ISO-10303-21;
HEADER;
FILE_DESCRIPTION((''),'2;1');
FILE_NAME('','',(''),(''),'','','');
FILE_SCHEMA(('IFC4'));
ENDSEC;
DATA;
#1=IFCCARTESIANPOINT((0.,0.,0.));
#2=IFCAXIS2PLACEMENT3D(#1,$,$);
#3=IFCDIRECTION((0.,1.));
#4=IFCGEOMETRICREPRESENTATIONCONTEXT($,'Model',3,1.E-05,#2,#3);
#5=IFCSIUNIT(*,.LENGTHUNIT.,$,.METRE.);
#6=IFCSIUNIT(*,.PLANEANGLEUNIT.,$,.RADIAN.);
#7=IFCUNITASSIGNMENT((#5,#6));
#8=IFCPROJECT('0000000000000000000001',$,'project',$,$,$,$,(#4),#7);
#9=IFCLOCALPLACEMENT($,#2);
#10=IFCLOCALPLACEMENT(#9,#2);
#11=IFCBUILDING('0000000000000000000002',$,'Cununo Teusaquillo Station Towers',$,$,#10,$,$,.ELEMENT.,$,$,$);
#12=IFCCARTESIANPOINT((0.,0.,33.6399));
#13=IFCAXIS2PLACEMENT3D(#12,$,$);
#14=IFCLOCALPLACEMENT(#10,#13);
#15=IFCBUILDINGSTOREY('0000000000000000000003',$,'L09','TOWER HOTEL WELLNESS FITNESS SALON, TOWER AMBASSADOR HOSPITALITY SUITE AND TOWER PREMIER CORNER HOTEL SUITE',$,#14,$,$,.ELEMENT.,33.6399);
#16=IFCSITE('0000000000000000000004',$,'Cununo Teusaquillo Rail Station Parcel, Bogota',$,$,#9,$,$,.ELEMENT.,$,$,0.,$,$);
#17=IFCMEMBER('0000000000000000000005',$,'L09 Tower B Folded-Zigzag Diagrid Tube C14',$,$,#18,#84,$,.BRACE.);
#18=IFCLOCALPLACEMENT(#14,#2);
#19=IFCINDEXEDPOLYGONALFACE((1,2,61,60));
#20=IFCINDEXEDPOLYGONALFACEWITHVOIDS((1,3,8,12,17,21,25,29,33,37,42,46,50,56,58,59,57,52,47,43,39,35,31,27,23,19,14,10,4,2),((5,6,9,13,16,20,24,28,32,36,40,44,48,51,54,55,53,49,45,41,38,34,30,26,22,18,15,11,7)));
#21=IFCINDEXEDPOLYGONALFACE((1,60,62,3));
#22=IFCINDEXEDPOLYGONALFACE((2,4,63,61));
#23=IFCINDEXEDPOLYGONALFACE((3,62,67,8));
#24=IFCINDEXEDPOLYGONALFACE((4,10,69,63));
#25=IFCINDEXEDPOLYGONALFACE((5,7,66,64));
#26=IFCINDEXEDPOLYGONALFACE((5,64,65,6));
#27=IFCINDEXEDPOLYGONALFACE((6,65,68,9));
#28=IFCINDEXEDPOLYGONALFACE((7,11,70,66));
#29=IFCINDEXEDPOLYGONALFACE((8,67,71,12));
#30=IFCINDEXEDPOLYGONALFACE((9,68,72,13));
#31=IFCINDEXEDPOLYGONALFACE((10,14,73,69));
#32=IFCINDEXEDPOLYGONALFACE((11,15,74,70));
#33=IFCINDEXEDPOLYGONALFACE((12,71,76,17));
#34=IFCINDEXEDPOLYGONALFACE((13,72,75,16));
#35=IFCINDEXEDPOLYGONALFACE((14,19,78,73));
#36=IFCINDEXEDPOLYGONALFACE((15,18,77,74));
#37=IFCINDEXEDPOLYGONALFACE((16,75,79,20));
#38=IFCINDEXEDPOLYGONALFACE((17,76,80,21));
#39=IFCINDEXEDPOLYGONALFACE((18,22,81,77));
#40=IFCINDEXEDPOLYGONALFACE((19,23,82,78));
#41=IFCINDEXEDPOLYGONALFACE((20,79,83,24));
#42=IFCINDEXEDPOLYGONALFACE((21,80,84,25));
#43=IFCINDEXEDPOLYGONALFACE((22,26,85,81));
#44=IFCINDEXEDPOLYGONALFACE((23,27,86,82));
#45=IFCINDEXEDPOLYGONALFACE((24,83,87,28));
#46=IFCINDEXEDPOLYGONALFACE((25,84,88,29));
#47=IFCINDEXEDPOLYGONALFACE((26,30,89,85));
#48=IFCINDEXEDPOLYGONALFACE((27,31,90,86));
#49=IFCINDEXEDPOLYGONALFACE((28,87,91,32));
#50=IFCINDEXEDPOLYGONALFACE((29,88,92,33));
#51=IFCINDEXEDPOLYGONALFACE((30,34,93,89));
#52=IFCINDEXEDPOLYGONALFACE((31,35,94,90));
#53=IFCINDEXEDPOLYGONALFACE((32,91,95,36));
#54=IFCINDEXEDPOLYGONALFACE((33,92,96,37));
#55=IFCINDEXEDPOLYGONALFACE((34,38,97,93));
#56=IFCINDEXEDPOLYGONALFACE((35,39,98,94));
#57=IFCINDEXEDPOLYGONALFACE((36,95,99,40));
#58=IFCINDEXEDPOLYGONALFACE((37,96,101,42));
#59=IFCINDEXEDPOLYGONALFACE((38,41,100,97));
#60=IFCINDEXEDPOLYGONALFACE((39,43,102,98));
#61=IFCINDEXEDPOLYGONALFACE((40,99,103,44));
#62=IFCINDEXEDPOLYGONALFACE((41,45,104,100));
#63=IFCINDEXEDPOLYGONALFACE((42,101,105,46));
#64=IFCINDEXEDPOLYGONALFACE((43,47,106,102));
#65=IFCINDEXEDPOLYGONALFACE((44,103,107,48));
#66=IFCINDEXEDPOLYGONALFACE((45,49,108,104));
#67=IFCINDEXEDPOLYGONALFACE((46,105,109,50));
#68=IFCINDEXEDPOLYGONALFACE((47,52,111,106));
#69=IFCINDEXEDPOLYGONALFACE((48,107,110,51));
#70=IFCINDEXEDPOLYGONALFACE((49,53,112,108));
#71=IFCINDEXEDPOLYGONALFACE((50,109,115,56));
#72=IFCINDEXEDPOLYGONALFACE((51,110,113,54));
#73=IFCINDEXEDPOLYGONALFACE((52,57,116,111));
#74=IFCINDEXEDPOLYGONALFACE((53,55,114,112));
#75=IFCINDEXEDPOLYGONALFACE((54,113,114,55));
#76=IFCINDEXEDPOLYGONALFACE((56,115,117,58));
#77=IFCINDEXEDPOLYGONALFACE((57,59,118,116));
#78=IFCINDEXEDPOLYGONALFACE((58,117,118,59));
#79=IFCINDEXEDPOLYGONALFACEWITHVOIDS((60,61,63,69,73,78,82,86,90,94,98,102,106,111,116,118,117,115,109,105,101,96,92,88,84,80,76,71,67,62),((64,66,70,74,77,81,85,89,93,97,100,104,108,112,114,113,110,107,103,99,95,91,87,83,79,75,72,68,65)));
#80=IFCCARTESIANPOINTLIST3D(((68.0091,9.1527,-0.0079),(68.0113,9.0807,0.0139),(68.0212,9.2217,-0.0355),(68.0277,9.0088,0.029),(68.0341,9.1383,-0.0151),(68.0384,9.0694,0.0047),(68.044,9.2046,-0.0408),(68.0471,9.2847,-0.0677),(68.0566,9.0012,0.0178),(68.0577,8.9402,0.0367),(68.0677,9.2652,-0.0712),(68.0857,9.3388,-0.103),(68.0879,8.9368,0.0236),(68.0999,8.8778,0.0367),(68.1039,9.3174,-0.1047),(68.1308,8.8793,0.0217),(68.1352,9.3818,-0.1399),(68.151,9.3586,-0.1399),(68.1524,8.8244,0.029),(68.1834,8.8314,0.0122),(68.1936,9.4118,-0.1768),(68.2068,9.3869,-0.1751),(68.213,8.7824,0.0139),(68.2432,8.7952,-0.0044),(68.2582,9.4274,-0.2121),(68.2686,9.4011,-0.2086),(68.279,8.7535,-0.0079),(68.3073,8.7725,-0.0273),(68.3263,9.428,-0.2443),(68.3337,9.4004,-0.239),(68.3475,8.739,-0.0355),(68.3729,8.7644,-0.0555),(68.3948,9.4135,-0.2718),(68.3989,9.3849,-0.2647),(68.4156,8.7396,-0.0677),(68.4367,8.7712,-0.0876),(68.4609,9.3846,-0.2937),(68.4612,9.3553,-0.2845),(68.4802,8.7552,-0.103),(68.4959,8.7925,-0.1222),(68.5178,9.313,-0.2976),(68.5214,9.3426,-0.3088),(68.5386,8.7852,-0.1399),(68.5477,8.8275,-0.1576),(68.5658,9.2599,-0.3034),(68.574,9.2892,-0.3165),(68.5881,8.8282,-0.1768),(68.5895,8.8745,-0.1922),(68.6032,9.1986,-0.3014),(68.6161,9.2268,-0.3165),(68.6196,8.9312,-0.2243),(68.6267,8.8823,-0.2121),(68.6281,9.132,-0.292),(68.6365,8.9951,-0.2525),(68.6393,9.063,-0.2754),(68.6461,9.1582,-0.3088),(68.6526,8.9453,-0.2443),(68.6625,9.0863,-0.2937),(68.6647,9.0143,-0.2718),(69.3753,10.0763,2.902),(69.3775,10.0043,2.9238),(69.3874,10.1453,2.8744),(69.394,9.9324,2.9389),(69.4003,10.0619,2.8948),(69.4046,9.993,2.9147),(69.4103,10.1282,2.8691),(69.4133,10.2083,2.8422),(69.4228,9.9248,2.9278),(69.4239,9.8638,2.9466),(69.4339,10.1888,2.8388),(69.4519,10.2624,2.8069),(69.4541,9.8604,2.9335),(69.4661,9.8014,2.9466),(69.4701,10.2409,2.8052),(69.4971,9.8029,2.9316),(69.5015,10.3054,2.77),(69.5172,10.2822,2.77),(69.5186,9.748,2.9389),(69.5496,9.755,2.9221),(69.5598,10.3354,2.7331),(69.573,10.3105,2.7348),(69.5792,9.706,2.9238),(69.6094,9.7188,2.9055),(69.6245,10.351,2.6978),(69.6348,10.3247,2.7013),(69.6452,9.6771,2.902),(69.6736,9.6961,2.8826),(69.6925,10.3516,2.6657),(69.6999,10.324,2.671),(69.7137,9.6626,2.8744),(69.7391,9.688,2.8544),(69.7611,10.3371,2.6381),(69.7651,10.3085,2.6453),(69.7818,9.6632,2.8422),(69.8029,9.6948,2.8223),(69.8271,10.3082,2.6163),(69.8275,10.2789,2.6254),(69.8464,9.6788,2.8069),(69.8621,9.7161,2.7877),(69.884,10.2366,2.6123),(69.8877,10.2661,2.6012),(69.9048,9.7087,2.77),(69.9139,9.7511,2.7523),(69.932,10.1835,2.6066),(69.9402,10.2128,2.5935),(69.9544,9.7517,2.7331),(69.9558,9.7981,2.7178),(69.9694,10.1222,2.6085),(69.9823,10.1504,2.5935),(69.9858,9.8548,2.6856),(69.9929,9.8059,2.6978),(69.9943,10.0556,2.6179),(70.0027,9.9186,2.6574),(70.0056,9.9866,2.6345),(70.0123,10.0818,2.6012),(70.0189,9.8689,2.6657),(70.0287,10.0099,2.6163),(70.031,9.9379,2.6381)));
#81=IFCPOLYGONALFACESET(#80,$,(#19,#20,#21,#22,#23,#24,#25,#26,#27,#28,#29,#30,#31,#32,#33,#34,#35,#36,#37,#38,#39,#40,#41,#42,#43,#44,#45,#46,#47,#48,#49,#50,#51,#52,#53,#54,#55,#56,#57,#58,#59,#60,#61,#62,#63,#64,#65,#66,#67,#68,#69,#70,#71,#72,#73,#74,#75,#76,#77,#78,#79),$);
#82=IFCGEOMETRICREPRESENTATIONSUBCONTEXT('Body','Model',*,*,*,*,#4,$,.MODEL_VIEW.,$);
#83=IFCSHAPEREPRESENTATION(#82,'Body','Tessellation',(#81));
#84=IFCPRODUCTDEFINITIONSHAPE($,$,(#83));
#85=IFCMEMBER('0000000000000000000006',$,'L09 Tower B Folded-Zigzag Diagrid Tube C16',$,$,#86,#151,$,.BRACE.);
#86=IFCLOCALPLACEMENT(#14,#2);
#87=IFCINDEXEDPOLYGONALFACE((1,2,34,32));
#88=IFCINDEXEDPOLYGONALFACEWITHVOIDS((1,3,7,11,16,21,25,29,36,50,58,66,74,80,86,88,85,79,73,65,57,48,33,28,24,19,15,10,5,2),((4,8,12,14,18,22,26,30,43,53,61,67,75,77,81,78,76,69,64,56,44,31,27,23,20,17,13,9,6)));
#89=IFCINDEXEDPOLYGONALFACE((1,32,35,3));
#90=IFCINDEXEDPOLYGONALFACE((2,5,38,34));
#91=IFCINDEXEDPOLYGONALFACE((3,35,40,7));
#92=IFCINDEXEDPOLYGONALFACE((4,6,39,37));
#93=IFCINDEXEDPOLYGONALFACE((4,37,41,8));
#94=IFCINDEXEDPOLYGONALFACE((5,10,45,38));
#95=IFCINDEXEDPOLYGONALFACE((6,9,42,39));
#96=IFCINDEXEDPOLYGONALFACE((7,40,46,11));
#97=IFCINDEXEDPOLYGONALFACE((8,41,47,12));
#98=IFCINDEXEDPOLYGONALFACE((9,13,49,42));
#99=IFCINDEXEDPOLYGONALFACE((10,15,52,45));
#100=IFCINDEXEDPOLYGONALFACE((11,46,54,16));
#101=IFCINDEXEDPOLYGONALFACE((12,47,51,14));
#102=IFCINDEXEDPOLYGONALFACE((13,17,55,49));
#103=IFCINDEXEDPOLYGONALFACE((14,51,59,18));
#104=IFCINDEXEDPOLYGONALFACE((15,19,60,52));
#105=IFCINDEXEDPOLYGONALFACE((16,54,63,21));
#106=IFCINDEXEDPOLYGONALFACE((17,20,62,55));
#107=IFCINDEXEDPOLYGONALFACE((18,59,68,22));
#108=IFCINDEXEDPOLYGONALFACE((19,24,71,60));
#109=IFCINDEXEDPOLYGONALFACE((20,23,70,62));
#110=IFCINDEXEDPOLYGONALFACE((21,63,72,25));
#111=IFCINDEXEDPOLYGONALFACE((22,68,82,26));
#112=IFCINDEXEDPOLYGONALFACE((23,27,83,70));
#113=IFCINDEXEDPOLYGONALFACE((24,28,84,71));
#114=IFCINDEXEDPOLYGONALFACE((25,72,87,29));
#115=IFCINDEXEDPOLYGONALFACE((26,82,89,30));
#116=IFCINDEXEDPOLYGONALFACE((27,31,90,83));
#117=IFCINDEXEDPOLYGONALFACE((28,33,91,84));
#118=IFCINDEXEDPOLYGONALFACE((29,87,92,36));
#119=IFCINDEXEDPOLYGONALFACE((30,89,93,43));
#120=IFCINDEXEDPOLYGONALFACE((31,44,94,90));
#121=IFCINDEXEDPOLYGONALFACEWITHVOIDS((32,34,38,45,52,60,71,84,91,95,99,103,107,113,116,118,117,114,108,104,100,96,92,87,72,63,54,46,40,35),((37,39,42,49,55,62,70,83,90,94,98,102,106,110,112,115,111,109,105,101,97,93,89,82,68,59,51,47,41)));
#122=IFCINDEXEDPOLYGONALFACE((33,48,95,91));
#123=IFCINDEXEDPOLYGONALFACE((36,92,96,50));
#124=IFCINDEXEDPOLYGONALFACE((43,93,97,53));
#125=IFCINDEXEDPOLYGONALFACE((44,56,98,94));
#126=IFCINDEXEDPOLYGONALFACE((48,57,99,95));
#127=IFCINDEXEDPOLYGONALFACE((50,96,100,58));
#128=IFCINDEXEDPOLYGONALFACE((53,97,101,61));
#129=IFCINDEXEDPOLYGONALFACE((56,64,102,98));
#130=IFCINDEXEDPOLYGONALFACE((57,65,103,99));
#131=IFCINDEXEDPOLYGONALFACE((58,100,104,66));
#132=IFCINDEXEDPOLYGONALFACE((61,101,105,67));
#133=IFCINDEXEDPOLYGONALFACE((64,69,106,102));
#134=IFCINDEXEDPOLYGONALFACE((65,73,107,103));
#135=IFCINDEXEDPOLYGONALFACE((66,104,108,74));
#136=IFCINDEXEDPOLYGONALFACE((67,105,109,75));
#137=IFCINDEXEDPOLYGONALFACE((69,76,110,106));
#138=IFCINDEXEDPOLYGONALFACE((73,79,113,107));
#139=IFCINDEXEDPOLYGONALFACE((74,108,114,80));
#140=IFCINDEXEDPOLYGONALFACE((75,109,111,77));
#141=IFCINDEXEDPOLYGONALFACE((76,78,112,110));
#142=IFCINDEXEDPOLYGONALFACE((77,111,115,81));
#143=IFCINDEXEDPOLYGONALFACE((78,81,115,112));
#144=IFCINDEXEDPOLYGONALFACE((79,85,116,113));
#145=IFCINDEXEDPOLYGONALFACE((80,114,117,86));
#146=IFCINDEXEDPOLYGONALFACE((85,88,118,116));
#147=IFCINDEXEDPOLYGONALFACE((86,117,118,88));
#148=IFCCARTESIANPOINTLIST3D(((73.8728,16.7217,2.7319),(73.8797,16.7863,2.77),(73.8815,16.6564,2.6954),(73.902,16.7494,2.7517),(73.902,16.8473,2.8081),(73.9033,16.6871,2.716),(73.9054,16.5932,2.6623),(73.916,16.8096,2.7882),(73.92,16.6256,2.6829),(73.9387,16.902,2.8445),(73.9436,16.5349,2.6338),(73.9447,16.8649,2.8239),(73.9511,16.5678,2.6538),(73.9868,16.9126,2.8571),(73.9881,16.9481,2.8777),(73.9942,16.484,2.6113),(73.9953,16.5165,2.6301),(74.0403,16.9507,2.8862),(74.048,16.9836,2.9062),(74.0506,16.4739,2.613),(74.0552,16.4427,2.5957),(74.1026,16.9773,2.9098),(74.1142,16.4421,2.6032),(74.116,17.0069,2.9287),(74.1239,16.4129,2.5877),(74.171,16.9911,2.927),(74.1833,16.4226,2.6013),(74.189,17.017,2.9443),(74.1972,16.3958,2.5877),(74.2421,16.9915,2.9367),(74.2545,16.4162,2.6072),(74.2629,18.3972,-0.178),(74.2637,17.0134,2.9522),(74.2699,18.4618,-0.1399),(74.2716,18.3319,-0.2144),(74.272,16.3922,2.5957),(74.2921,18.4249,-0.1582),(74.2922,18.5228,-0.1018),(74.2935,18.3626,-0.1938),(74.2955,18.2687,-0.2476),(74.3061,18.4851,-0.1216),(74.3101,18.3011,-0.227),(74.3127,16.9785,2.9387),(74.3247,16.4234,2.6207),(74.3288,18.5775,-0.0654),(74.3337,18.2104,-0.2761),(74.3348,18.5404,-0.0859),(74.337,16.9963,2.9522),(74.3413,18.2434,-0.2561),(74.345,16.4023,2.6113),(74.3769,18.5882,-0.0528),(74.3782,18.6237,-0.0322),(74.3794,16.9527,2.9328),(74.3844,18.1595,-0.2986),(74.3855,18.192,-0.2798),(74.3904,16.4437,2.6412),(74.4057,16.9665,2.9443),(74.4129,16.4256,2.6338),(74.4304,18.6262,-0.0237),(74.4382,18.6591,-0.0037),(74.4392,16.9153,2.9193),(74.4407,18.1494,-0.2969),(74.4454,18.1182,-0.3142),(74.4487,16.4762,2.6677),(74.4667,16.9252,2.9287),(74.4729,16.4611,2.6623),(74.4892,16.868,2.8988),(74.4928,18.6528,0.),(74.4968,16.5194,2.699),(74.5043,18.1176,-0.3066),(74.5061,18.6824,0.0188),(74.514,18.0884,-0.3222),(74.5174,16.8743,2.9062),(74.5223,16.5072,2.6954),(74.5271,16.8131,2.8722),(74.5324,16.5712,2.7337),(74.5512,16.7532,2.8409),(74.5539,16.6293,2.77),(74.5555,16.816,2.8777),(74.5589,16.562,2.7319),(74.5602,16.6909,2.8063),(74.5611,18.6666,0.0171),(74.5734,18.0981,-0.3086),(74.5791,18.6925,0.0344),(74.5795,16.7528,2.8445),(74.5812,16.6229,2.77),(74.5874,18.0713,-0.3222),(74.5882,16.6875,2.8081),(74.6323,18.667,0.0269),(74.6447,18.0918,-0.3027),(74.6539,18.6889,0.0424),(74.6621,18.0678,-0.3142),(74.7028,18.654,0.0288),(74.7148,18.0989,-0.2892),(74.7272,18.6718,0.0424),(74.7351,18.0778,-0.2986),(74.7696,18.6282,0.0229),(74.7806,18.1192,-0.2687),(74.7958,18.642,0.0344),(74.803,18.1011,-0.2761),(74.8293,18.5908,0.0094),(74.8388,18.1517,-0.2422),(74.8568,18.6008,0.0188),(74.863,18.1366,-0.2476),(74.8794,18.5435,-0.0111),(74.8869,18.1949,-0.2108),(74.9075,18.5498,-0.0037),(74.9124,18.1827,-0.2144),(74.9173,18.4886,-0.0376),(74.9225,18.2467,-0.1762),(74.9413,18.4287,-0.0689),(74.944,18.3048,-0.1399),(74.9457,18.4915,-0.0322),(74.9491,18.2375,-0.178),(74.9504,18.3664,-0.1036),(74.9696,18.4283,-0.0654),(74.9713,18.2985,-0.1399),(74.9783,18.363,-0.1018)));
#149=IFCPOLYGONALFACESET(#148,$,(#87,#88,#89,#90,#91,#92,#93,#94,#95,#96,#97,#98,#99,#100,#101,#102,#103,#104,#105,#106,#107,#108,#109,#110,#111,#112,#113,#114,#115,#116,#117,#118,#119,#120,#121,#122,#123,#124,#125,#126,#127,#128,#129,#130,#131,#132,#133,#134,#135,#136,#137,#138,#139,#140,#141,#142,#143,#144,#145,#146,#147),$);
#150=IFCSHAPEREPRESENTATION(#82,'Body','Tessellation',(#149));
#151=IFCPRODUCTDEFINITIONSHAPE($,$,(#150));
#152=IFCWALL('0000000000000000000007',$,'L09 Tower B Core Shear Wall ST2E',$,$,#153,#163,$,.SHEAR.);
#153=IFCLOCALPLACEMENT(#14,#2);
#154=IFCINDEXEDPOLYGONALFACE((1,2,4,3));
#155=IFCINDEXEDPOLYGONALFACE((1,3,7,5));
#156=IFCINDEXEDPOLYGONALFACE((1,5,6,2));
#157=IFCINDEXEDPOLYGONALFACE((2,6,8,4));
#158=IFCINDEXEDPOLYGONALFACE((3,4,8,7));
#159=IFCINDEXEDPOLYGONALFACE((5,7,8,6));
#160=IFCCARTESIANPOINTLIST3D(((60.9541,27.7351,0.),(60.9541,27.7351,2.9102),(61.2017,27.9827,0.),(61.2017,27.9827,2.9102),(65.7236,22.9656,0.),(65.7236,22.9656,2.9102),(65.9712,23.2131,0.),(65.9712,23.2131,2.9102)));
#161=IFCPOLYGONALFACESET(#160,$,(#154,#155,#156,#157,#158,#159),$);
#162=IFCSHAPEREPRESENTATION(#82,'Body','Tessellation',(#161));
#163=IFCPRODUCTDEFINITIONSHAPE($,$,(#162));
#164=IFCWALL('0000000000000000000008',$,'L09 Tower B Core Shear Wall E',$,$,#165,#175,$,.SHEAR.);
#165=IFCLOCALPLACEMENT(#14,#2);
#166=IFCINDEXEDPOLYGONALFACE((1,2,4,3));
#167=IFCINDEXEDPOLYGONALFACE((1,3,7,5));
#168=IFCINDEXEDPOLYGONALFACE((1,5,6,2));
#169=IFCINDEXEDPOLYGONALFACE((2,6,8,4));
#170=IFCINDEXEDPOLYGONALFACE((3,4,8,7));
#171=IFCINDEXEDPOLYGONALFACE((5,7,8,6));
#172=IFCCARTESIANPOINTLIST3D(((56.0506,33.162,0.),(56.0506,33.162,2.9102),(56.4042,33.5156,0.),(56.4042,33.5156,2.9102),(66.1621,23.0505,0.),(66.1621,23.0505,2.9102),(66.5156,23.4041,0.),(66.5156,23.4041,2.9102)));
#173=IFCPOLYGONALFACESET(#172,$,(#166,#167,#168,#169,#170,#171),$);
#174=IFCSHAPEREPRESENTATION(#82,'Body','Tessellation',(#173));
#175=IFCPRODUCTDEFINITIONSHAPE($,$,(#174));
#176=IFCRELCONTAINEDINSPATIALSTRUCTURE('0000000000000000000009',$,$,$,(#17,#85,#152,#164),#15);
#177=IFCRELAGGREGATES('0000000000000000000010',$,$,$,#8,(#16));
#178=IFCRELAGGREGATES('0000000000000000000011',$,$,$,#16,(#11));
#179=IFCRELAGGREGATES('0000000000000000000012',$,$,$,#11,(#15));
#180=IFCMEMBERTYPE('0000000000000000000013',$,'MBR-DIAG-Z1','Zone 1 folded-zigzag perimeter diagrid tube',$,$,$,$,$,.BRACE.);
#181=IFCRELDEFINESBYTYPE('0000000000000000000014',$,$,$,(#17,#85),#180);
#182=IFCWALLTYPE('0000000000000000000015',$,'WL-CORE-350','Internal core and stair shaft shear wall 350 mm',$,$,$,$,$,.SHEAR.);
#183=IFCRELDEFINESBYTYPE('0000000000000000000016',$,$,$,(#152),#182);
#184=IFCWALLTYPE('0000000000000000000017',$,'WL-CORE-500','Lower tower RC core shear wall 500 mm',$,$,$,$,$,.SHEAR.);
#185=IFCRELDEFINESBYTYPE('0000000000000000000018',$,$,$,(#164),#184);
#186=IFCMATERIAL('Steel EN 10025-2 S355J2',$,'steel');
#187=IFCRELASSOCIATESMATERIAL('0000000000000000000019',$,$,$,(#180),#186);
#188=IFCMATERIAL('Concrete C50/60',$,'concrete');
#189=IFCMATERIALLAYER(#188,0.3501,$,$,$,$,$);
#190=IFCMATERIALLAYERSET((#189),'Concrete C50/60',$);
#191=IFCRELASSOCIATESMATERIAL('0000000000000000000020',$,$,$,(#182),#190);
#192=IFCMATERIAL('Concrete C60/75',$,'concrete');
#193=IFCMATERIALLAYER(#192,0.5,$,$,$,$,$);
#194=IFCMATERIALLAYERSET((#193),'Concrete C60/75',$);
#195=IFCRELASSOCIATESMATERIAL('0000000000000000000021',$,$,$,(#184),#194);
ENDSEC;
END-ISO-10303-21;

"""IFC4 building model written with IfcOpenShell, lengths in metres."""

from ifc_helpers import new_model, si_unit, direction, frame, frame_2d, origin, origin_2d, place, context, subcontext, project, spatial, rectangle, hollow_circle, extrude, material, layer, layer_set, material_profile, profile_set, type_object, element, save


model = new_model("IFC4")

# Units and contexts
model_context = context("Model", 3, precision=1e-05, world=origin(), true_north=direction((0.0, 1.0)))
body_context = subcontext(model_context, "Body", "Model", "MODEL_VIEW")
ifc_project = project(units=[si_unit("LENGTHUNIT", "METRE"), si_unit("PLANEANGLEUNIT", "RADIAN")], contexts=[model_context])

# Site, building, storey
site_placement = place(None, origin())
site = spatial("IfcSite", under=ifc_project, at=site_placement, Name="Cununo Teusaquillo Rail Station Parcel, Bogota", CompositionType="ELEMENT", RefElevation=0.0)
building_placement = place(site_placement, origin())
building = spatial("IfcBuilding", under=site, at=building_placement, Name="Cununo Teusaquillo Station Towers", CompositionType="ELEMENT")
storey_placement = place(building_placement, frame((0.0, 0.0, 33.6399)))
storey = spatial("IfcBuildingStorey", under=building, at=storey_placement, Name="L09", Description="TOWER HOTEL WELLNESS FITNESS SALON, TOWER AMBASSADOR HOSPITALITY SUITE AND TOWER PREMIER CORNER HOTEL SUITE", CompositionType="ELEMENT", Elevation=33.6399)

# Members
ifc_material_1 = material(Name="Steel EN 10025-2 S355J2", Category="steel")
ifc_material_profile_1 = material_profile(ifc_material_1, hollow_circle(Radius=0.3601, WallThickness=0.0281, at=origin_2d()), Name="CHS 720x28")
ifc_profile_set_1 = profile_set([ifc_material_profile_1], Name="Steel EN 10025-2 S355J2")
member_type = type_object("IfcMemberType", Name="MBR-DIAG-Z1", Description="Zone 1 folded-zigzag perimeter diagrid tube", PredefinedType="BRACE", material=ifc_profile_set_1)
member_1_placement = place(storey_placement, frame((68.3369, 9.0835, -0.1399), z_axis=(0.408468, 0.276132, 0.870003), x_axis=(-0.560052, 0.828457, 0.0)))
element("IfcMember", 1, at=member_1_placement, inside=storey, type_object=member_type, Name="L09 Tower B Folded-Zigzag Diagrid Tube C14", PredefinedType="BRACE", context=body_context, shape_type="SweptSolid", body=[
    extrude(hollow_circle(Radius=0.3601, WallThickness=0.0281, at=origin_2d()), origin(), (0.0, 0.0, 1.0), 3.3447),
])
member_2_placement = place(storey_placement, frame((74.6206, 18.3801, -0.1399), z_axis=(-0.115411, -0.49566, 0.860815), x_axis=(0.973947, -0.226776, 0.0)))
element("IfcMember", 2, at=member_2_placement, inside=storey, type_object=member_type, Name="L09 Tower B Folded-Zigzag Diagrid Tube C16", PredefinedType="BRACE", context=body_context, shape_type="SweptSolid", body=[
    extrude(hollow_circle(Radius=0.3601, WallThickness=0.0281, at=origin_2d()), origin(), (0.0, 0.0, 1.0), 3.3804),
])

# Walls
ifc_material_2 = material(Name="Concrete C50/60", Category="concrete")
ifc_layer_1 = layer(ifc_material_2, 0.3501)
ifc_layer_set_1 = layer_set([ifc_layer_1], Name="Concrete C50/60")
wall_type_1 = type_object("IfcWallType", Name="WL-CORE-350", Description="Internal core and stair shaft shear wall 350 mm", PredefinedType="SHEAR", material=ifc_layer_set_1)
wall_1_placement = place(storey_placement, frame((65.8474, 23.0894, 0.0), z_axis=(0.0, 0.0, 1.0), x_axis=(-0.707107, 0.707107, 0.0)))
element("IfcWall", 3, at=wall_1_placement, inside=storey, type_object=wall_type_1, Name="L09 Tower B Core Shear Wall ST2E", PredefinedType="SHEAR", context=body_context, shape_type="SweptSolid", body=[
    extrude(rectangle(XDim=6.7451, YDim=0.3501, at=frame_2d((3.3726, 0.0))), origin(), (0.0, 0.0, 1.0), 2.9102),
])
ifc_material_3 = material(Name="Concrete C60/75", Category="concrete")
ifc_layer_2 = layer(ifc_material_3, 0.5)
ifc_layer_set_2 = layer_set([ifc_layer_2], Name="Concrete C60/75")
wall_type_2 = type_object("IfcWallType", Name="WL-CORE-500", Description="Lower tower RC core shear wall 500 mm", PredefinedType="SHEAR", material=ifc_layer_set_2)
wall_2_placement = place(storey_placement, frame((66.3389, 23.2273, 0.0), z_axis=(0.0, 0.0, 1.0), x_axis=(-0.707107, 0.707107, 0.0)))
element("IfcWall", 4, at=wall_2_placement, inside=storey, type_object=wall_type_2, Name="L09 Tower B Core Shear Wall E", PredefinedType="SHEAR", context=body_context, shape_type="SweptSolid", body=[
    extrude(rectangle(XDim=14.2998, YDim=0.5, at=frame_2d((7.1499, 0.0))), origin(), (0.0, 0.0, 1.0), 2.9102),
])

save(model, "model.ifc")
